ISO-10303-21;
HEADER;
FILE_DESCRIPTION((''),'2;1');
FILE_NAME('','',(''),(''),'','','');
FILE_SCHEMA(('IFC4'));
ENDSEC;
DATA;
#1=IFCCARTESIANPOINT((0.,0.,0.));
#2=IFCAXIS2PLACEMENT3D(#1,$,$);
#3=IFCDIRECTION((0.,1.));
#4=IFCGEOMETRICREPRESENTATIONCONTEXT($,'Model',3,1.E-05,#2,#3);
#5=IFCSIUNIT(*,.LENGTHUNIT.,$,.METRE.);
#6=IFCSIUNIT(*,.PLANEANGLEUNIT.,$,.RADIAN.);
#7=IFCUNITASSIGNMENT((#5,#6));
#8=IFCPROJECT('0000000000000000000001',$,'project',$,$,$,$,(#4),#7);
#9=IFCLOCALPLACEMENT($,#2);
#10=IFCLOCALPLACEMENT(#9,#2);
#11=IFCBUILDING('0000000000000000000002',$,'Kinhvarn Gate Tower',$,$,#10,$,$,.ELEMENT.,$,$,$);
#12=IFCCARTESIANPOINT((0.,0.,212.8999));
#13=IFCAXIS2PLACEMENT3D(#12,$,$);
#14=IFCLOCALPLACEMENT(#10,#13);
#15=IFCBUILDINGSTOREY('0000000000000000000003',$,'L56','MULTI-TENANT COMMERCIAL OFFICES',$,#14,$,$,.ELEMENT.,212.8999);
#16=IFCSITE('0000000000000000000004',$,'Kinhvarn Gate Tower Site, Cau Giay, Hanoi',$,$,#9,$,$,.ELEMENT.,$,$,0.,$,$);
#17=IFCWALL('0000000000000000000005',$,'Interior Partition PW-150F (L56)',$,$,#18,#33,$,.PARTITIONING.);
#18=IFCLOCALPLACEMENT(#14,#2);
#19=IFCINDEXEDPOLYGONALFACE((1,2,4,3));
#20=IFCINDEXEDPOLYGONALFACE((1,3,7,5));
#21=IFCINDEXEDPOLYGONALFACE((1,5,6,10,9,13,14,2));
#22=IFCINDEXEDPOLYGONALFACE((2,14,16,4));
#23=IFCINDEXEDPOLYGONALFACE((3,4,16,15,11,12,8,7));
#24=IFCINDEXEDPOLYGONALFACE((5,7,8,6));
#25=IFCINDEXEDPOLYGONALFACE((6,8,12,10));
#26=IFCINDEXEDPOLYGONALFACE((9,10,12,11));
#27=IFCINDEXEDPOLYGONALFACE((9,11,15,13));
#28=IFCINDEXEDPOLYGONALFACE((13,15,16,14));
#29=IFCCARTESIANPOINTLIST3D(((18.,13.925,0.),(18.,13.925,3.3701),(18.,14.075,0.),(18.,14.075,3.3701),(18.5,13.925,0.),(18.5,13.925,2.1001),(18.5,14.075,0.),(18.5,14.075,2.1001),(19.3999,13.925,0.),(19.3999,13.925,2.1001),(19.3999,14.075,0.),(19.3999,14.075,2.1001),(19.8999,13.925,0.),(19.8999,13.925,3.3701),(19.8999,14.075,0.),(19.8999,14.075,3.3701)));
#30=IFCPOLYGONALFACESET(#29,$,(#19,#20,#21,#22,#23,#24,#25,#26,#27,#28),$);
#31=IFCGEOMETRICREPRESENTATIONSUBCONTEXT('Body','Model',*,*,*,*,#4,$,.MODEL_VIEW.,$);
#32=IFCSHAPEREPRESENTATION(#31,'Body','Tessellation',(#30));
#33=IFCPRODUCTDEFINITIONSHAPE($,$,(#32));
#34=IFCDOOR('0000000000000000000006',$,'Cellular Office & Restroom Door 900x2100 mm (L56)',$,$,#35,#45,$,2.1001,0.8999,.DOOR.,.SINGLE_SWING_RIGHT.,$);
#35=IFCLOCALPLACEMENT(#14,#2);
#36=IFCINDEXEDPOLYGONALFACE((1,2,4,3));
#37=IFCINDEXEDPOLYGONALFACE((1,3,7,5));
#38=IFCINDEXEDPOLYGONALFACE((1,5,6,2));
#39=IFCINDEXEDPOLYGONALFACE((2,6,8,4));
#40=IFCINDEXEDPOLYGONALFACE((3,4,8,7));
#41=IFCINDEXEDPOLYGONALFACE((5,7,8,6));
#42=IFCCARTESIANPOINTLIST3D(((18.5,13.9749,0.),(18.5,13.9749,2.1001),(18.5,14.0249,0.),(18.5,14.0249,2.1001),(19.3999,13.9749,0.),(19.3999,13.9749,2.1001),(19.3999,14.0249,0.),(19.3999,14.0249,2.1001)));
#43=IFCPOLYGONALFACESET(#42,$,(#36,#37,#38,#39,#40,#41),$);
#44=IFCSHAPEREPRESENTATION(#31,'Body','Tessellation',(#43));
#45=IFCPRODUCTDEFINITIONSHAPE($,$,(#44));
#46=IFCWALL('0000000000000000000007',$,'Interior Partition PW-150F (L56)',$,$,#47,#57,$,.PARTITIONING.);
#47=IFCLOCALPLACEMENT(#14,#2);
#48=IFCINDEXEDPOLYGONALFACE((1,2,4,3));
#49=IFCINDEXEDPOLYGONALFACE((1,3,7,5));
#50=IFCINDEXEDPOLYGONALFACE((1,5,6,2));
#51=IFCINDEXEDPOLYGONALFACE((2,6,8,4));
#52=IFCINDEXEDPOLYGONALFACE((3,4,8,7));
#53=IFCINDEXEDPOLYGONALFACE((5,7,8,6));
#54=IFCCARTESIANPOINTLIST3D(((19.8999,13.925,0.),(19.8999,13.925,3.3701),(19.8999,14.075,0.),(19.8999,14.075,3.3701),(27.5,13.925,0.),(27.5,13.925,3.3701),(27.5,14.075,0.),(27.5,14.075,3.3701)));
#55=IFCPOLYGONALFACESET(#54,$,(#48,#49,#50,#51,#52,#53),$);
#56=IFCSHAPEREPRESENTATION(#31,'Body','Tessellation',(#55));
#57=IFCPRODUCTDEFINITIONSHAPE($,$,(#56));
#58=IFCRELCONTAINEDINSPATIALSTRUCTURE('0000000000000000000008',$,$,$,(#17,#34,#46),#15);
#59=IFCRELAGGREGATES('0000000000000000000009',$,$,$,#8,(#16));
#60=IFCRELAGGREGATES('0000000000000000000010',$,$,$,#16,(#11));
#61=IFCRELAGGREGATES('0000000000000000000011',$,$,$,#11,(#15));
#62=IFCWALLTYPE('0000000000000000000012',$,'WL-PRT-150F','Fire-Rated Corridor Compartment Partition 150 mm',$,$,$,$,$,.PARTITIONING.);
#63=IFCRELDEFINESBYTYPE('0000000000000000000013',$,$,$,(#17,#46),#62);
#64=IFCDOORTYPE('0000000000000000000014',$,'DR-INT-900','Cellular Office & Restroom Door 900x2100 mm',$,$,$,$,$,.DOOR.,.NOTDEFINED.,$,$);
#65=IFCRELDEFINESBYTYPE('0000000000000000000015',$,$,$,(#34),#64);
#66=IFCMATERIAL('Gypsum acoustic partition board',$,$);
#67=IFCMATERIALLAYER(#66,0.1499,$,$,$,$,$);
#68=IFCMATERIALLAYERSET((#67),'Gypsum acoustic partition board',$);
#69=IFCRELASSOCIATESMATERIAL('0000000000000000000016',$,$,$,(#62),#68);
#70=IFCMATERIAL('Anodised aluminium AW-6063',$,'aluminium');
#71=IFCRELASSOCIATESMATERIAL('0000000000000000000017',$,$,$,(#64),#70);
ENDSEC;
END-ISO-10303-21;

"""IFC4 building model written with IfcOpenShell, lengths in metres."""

from ifc_helpers import new_model, si_unit, direction, frame, frame_2d, origin, place, context, subcontext, project, spatial, rectangle, extrude, material, layer, layer_set, type_object, element, fill, save


model = new_model("IFC4")

# Units and contexts
model_context = context("Model", 3, precision=1e-05, world=origin(), true_north=direction((0.0, 1.0)))
body_context = subcontext(model_context, "Body", "Model", "MODEL_VIEW")
ifc_project = project(units=[si_unit("LENGTHUNIT", "METRE"), si_unit("PLANEANGLEUNIT", "RADIAN")], contexts=[model_context])

# Site, building, storey
site_placement = place(None, origin())
site = spatial("IfcSite", under=ifc_project, at=site_placement, Name="Kinhvarn Gate Tower Site, Cau Giay, Hanoi", CompositionType="ELEMENT", RefElevation=0.0)
building_placement = place(site_placement, origin())
building = spatial("IfcBuilding", under=site, at=building_placement, Name="Kinhvarn Gate Tower", CompositionType="ELEMENT")
storey_placement = place(building_placement, frame((0.0, 0.0, 212.8999)))
storey = spatial("IfcBuildingStorey", under=building, at=storey_placement, Name="L56", Description="MULTI-TENANT COMMERCIAL OFFICES", CompositionType="ELEMENT", Elevation=212.8999)

# Shared definitions
ifc_material_1 = material(Name="Anodised aluminium AW-6063", Category="aluminium")

# Wall, opening, door
ifc_material_2 = material(Name="Gypsum acoustic partition board")
ifc_layer_1 = layer(ifc_material_2, 0.1499)
ifc_layer_set_1 = layer_set([ifc_layer_1], Name="Gypsum acoustic partition board")
wall_type_1 = type_object("IfcWallType", Name="WL-PRT-150F", Description="Fire-Rated Corridor Compartment Partition 150 mm", PredefinedType="PARTITIONING", material=ifc_layer_set_1)
wall_1_placement = place(storey_placement, frame((18.0, 14.0, 0.0), z_axis=(0.0, 0.0, 1.0), x_axis=(1.0, 0.0, 0.0)))
wall_1 = element("IfcWall", 1, at=wall_1_placement, inside=storey, type_object=wall_type_1, Name="Interior Partition PW-150F (L56)", PredefinedType="PARTITIONING", context=body_context, shape_type="SweptSolid", body=[
    extrude(rectangle(XDim=1.8999, YDim=0.1499, at=frame_2d((0.95, 0.0))), origin(), (0.0, 0.0, 1.0), 3.3701),
])
opening_placement = place(wall_1_placement, frame((0.5, 0.0, 0.0)))
opening = element("IfcOpeningElement", 2, at=opening_placement, cuts=wall_1, PredefinedType="OPENING", context=body_context, shape_type="SweptSolid", body=[
    extrude(rectangle(XDim=0.8999, YDim=2.1001, at=frame_2d((0.45, 1.05))), frame((0.0, 0.085, 0.0), z_axis=(0.0, -1.0, 0.0), x_axis=(1.0, 0.0, 0.0)), (0.0, 0.0, 1.0), 0.1699),
])
door_type = type_object("IfcDoorType", Name="DR-INT-900", Description="Cellular Office & Restroom Door 900x2100 mm", OperationType="NOTDEFINED", PredefinedType="DOOR", material=ifc_material_1)
door_placement = place(opening_placement, origin())
door = element("IfcDoor", 3, at=door_placement, inside=storey, type_object=door_type, Name="Cellular Office & Restroom Door 900x2100 mm (L56)", OperationType="SINGLE_SWING_RIGHT", OverallHeight=2.1001, OverallWidth=0.8999, PredefinedType="DOOR", context=body_context, shape_type="SweptSolid", body=[
    extrude(rectangle(XDim=0.8999, YDim=2.1001, at=frame_2d((0.45, 1.05))), frame((0.0, 0.0249, 0.0), z_axis=(0.0, -1.0, 0.0), x_axis=(1.0, 0.0, 0.0)), (0.0, 0.0, 1.0), 0.05),
])
fill(opening, door)

# Wall
wall_2_placement = place(storey_placement, frame((19.8999, 14.0, 0.0), z_axis=(0.0, 0.0, 1.0), x_axis=(1.0, 0.0, 0.0)))
element("IfcWall", 4, at=wall_2_placement, inside=storey, type_object=wall_type_1, Name="Interior Partition PW-150F (L56)", PredefinedType="PARTITIONING", context=body_context, shape_type="SweptSolid", body=[
    extrude(rectangle(XDim=7.6001, YDim=0.1499, at=frame_2d((3.8, 0.0))), origin(), (0.0, 0.0, 1.0), 3.3701),
])

save(model, "model.ifc")
